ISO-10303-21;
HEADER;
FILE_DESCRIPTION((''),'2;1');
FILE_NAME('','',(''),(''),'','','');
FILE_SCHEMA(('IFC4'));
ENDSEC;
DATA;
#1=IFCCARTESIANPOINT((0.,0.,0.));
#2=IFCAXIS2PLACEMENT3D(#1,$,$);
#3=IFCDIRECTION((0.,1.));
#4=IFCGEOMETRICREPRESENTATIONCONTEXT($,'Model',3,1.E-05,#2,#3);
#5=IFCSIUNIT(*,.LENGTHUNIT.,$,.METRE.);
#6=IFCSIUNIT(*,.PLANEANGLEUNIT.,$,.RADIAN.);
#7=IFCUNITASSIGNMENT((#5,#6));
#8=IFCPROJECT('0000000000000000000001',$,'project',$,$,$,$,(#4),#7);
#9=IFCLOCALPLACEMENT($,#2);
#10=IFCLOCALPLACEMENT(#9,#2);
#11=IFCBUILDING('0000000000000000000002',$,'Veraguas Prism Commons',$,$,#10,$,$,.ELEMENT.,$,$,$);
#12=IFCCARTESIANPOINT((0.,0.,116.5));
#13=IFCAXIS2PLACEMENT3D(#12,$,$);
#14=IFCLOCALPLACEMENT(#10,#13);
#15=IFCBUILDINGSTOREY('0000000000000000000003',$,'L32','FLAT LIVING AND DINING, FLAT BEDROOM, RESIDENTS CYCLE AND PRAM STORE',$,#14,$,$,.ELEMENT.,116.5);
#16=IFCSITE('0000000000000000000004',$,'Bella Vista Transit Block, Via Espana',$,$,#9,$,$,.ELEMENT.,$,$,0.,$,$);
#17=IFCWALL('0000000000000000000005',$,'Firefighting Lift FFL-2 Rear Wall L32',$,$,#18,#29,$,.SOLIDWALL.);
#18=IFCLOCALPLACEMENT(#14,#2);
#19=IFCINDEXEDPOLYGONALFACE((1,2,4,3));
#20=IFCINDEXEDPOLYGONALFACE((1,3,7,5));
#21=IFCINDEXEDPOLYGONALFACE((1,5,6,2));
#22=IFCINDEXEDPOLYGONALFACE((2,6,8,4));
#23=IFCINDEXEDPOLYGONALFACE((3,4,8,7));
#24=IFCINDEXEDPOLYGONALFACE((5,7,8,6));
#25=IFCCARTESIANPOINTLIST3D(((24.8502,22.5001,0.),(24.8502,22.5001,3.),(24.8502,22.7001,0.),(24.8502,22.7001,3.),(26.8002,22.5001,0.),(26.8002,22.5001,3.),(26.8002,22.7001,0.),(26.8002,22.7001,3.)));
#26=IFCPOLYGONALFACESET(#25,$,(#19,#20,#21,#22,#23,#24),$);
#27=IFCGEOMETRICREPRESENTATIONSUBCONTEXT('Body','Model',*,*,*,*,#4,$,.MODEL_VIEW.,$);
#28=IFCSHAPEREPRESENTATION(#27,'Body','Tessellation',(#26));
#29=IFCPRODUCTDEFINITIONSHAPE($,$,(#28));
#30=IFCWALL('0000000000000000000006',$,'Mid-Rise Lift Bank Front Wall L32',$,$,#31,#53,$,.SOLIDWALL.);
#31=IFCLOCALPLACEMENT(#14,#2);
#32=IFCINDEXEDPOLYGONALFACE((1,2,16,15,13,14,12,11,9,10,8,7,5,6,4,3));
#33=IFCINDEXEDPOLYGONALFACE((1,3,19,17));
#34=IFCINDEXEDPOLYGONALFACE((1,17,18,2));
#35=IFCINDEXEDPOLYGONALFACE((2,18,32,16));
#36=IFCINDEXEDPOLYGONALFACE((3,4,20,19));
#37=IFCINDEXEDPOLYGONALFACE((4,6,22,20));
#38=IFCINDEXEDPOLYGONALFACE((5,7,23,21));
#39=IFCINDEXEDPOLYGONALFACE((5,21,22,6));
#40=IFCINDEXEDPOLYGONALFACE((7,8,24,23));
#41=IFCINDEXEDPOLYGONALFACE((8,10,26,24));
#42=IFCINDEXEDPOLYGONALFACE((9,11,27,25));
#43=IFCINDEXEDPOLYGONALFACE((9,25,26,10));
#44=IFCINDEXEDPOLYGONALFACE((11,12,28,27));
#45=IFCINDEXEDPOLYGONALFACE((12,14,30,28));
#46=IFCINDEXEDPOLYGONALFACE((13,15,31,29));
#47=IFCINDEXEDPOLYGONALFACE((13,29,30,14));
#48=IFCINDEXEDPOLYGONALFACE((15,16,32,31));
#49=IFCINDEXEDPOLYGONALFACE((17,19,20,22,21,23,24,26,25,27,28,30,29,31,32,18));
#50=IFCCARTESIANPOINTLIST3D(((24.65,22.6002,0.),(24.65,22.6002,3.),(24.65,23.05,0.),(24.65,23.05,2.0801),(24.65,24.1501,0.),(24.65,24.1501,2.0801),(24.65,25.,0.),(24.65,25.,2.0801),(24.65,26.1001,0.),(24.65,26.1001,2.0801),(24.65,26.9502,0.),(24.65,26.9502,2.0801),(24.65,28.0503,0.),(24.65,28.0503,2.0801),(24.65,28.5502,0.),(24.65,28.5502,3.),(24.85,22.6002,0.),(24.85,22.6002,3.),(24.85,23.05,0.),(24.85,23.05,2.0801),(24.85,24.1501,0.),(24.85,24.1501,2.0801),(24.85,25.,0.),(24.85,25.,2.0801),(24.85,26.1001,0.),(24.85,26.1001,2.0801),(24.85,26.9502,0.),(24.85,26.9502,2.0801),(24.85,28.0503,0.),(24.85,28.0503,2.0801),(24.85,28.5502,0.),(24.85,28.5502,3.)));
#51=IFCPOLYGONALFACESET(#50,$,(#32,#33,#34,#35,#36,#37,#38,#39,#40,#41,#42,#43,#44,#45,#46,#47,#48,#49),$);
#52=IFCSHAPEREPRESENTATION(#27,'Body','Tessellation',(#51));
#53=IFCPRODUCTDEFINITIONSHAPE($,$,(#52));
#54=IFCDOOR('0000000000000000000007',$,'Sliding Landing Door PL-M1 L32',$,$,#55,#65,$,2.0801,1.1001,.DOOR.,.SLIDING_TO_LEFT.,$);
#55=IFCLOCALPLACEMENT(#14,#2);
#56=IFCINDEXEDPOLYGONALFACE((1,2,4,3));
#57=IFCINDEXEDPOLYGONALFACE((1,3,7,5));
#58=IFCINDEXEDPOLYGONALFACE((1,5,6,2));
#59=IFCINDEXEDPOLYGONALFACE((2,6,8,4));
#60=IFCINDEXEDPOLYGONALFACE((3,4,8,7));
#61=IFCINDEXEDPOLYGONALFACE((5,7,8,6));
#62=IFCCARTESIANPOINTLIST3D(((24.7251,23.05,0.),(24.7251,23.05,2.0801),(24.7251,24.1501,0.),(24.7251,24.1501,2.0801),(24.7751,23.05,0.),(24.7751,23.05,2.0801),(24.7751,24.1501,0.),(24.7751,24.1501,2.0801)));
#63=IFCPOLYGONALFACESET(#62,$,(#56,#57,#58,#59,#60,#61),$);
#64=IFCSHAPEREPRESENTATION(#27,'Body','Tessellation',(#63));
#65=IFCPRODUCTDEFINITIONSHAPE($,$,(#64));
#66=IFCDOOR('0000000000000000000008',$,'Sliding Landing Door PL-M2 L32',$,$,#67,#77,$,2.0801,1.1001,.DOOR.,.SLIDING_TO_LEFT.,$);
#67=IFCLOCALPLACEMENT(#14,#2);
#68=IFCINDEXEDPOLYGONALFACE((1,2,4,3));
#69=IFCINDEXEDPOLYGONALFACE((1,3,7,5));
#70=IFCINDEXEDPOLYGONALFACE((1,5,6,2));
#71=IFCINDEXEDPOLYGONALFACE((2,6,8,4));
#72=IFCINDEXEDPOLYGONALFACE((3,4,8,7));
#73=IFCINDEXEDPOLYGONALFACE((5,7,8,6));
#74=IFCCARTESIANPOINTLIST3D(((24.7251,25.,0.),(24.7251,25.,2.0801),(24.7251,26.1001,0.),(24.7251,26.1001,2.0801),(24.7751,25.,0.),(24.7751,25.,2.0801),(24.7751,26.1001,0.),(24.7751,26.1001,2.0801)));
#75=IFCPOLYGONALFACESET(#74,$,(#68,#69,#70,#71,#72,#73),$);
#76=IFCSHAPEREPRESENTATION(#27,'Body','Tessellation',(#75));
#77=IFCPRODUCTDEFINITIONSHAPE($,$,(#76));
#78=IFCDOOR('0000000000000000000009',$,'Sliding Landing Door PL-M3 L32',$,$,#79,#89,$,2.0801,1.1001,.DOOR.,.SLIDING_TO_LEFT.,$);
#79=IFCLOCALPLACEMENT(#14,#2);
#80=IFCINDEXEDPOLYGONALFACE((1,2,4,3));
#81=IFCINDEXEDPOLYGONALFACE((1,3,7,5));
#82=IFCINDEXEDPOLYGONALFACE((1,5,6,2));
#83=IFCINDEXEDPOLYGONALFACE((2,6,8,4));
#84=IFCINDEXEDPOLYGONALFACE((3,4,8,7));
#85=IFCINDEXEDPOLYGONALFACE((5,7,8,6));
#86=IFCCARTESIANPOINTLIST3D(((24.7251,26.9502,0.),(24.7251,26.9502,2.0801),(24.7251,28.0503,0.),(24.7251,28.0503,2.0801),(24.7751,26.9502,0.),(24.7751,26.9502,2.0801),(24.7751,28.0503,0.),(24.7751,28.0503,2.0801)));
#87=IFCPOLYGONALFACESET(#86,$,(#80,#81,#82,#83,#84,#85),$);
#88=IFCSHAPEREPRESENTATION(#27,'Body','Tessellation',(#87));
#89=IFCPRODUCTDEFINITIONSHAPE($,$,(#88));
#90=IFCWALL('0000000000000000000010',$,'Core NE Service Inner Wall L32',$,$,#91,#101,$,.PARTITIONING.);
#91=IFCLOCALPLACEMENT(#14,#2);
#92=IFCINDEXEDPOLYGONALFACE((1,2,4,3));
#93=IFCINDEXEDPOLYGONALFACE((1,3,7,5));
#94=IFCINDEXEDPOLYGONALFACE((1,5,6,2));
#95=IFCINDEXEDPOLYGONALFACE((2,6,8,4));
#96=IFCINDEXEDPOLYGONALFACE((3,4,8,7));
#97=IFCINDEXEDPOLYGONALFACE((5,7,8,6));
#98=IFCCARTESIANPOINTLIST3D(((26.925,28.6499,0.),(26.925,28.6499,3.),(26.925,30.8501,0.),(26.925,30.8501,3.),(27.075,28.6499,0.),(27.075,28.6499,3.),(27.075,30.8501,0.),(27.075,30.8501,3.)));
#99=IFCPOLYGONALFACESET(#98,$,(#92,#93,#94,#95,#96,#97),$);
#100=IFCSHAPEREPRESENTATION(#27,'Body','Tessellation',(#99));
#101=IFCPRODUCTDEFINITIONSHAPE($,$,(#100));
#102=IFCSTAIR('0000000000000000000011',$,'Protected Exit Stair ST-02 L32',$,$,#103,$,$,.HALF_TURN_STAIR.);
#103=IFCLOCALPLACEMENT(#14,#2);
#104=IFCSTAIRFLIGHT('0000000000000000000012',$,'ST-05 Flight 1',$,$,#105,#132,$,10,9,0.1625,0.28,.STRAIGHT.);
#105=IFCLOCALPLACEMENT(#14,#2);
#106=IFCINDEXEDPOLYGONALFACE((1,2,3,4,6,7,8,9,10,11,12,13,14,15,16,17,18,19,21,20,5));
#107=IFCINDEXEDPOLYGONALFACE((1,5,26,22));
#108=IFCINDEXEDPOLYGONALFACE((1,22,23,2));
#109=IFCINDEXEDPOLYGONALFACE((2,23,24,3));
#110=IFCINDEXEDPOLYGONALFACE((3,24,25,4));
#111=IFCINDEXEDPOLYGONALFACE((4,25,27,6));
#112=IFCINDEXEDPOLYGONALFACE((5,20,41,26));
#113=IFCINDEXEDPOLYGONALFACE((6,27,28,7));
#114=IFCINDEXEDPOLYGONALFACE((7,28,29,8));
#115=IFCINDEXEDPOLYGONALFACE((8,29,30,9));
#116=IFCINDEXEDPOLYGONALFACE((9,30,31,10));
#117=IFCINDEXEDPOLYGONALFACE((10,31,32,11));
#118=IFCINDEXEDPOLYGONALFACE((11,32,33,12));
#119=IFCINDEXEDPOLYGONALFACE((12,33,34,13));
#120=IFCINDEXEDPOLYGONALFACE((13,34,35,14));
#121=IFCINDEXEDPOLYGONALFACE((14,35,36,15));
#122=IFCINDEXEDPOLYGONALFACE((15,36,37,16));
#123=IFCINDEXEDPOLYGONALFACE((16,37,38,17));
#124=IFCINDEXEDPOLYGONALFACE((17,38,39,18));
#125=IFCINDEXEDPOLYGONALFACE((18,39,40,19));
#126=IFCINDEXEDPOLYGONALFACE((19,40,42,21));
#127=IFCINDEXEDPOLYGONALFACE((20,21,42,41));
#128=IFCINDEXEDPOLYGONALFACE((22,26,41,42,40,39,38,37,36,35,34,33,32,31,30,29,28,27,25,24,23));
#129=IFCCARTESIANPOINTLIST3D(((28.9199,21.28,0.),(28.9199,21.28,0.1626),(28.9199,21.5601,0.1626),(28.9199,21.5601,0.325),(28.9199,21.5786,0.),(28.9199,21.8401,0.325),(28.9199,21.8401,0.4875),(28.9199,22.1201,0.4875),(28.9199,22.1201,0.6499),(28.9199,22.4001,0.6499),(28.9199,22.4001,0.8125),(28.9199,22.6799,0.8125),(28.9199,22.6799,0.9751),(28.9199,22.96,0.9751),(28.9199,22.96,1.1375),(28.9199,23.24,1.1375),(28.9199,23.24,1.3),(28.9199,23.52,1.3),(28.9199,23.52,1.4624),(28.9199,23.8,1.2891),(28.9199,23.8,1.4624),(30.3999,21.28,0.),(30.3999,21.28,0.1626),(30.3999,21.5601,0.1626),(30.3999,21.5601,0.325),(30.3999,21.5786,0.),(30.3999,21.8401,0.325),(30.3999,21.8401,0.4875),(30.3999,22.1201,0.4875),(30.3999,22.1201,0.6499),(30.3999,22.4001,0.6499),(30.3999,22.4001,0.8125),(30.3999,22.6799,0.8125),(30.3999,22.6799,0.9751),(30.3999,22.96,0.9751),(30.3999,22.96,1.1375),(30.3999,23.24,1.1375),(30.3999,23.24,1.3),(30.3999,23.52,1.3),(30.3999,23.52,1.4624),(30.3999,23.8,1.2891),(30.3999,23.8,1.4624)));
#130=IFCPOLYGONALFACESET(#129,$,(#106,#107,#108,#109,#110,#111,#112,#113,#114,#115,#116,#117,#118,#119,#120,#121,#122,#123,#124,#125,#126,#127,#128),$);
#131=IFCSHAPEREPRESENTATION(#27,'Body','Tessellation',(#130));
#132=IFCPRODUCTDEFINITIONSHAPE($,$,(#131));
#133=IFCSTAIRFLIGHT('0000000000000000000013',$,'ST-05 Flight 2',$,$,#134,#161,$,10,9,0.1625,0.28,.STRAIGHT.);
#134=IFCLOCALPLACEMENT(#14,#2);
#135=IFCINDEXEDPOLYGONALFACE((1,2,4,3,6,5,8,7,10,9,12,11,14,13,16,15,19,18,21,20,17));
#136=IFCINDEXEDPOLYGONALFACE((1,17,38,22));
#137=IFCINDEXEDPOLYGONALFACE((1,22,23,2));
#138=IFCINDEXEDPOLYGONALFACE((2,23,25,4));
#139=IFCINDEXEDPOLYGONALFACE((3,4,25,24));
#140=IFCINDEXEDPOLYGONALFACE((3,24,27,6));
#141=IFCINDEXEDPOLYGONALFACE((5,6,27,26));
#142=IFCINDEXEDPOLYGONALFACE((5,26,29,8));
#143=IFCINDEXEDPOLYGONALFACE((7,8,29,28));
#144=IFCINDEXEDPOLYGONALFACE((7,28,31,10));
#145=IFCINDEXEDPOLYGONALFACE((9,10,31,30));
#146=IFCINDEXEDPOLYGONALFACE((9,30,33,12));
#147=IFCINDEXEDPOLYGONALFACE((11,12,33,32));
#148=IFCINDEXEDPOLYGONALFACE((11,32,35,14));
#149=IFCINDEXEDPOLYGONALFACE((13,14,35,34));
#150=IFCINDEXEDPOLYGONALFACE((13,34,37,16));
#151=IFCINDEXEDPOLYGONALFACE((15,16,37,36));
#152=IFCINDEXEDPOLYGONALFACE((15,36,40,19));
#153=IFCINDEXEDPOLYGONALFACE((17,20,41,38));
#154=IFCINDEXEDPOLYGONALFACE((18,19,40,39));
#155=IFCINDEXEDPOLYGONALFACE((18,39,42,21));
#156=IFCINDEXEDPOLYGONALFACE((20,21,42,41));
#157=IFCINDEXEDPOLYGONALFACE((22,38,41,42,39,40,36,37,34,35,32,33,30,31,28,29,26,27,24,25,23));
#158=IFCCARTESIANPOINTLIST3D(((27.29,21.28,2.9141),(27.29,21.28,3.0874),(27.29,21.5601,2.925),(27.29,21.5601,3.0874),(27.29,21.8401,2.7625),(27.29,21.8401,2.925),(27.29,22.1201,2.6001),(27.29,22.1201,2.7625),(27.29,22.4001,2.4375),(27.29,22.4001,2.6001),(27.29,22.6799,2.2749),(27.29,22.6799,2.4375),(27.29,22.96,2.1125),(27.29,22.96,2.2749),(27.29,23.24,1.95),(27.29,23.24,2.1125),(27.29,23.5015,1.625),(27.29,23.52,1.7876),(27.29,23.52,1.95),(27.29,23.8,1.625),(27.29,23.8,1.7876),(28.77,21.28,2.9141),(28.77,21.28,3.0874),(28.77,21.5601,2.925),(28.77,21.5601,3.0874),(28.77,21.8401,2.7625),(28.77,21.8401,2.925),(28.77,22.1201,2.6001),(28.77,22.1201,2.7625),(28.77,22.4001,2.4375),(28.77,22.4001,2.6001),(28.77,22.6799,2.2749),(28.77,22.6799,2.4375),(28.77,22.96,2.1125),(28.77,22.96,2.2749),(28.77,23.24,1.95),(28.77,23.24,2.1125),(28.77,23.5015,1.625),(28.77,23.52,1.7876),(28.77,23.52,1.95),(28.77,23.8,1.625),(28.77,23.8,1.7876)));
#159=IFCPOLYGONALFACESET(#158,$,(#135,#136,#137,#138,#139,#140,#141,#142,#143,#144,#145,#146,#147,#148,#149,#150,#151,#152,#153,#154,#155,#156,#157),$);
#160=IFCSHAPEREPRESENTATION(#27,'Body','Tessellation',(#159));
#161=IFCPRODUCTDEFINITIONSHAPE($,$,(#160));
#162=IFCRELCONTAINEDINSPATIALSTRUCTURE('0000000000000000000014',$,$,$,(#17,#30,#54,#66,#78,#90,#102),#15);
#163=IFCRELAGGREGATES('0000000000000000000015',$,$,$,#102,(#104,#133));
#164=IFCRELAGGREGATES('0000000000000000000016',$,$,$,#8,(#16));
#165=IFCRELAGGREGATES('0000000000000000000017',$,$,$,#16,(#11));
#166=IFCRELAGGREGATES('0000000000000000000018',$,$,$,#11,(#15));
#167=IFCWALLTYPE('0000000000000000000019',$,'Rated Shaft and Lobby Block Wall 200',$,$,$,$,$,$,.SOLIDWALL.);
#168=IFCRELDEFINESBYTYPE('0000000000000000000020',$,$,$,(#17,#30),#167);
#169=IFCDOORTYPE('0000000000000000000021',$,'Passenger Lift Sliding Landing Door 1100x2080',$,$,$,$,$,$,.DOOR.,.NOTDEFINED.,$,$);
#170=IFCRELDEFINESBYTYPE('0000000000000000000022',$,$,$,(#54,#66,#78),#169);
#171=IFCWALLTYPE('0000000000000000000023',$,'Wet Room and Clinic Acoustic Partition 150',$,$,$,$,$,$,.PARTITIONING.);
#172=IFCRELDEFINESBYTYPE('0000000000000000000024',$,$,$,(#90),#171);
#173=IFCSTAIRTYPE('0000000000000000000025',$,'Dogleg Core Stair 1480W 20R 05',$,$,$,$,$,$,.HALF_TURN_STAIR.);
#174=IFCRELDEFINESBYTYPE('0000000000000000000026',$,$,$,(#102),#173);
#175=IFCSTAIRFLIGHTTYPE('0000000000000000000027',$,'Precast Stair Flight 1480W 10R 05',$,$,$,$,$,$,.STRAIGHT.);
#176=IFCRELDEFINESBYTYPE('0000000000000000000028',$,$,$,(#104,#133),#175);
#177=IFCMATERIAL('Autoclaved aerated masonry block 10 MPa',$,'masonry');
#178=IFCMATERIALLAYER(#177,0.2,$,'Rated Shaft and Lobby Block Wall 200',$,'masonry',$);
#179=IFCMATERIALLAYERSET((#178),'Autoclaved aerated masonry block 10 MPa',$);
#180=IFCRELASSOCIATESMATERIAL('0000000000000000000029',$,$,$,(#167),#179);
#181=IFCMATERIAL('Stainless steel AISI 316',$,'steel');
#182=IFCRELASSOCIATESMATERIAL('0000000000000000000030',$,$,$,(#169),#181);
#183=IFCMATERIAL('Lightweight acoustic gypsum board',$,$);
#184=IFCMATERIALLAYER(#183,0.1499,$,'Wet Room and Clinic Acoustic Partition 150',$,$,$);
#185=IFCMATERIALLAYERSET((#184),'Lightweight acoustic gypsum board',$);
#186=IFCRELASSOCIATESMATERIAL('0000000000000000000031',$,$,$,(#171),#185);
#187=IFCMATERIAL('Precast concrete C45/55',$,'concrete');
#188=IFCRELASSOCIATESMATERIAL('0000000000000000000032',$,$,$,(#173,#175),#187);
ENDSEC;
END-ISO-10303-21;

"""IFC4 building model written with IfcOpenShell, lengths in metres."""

from ifc_helpers import new_model, si_unit, direction, frame, frame_2d, origin, place, context, subcontext, project, spatial, polyline, rectangle, outline, extrude, source, transform, mapped, material, layer, layer_set, type_object, element, fill, aggregate, save


model = new_model("IFC4")

# Units and contexts
model_context = context("Model", 3, precision=1e-05, world=origin(), true_north=direction((0.0, 1.0)))
body_context = subcontext(model_context, "Body", "Model", "MODEL_VIEW")
ifc_project = project(units=[si_unit("LENGTHUNIT", "METRE"), si_unit("PLANEANGLEUNIT", "RADIAN")], contexts=[model_context])

# Site, building, storey
site_placement = place(None, origin())
site = spatial("IfcSite", under=ifc_project, at=site_placement, Name="Bella Vista Transit Block, Via Espana", CompositionType="ELEMENT", RefElevation=0.0)
building_placement = place(site_placement, origin())
building = spatial("IfcBuilding", under=site, at=building_placement, Name="Veraguas Prism Commons", CompositionType="ELEMENT")
storey_placement = place(building_placement, frame((0.0, 0.0, 116.5)))
storey = spatial("IfcBuildingStorey", under=building, at=storey_placement, Name="L32", Description="FLAT LIVING AND DINING, FLAT BEDROOM, RESIDENTS CYCLE AND PRAM STORE", CompositionType="ELEMENT", Elevation=116.5)

# Shared definitions
ifc_material_1 = material(Name="Autoclaved aerated masonry block 10 MPa", Category="masonry")

# Wall
ifc_material_2 = material(Name="Lightweight acoustic gypsum board")
ifc_layer_1 = layer(ifc_material_1, 0.2, Name="Rated Shaft and Lobby Block Wall 200", Category="masonry")
ifc_layer_set_1 = layer_set([ifc_layer_1], Name="Autoclaved aerated masonry block 10 MPa")
wall_type_1 = type_object("IfcWallType", Name="Rated Shaft and Lobby Block Wall 200", PredefinedType="SOLIDWALL", material=ifc_layer_set_1)
wall_1_placement = place(storey_placement, frame((24.8501, 22.6001, 0.0), z_axis=(0.0, 0.0, 1.0), x_axis=(1.0, 0.0, 0.0)))
element("IfcWall", 1, at=wall_1_placement, inside=storey, type_object=wall_type_1, Name="Firefighting Lift FFL-2 Rear Wall L32", PredefinedType="SOLIDWALL", context=body_context, shape_type="SweptSolid", body=[
    extrude(rectangle(XDim=1.95, YDim=0.2, at=frame_2d((0.9751, 0.0))), origin(), (0.0, 0.0, 1.0), 3.0),
])

# Wall, openings, doors
wall_2_placement = place(storey_placement, frame((24.75, 22.6001, 0.0), z_axis=(0.0, 0.0, 1.0), x_axis=(0.0, 1.0, 0.0)))
wall_2 = element("IfcWall", 2, at=wall_2_placement, inside=storey, type_object=wall_type_1, Name="Mid-Rise Lift Bank Front Wall L32", PredefinedType="SOLIDWALL", context=body_context, shape_type="SweptSolid", body=[
    extrude(rectangle(XDim=5.95, YDim=0.2, at=frame_2d((2.9751, 0.0))), origin(), (0.0, 0.0, 1.0), 3.0),
])
opening_1_placement = place(wall_2_placement, frame((0.45, 0.0, 0.0)))
opening_1 = element("IfcOpeningElement", 3, at=opening_1_placement, cuts=wall_2, PredefinedType="OPENING", context=body_context, shape_type="SweptSolid", body=[
    extrude(rectangle(XDim=1.1001, YDim=2.0801, at=frame_2d((0.55, 1.04))), frame((0.0, 0.1099, 0.0), z_axis=(0.0, -1.0, 0.0), x_axis=(1.0, 0.0, 0.0)), (0.0, 0.0, 1.0), 0.22),
])
opening_2_placement = place(wall_2_placement, frame((2.3999, 0.0, 0.0)))
opening_2 = element("IfcOpeningElement", 4, at=opening_2_placement, cuts=wall_2, PredefinedType="OPENING", context=body_context, shape_type="SweptSolid", body=[
    extrude(rectangle(XDim=1.1001, YDim=2.0801, at=frame_2d((0.55, 1.04))), frame((0.0, 0.1099, 0.0), z_axis=(0.0, -1.0, 0.0), x_axis=(1.0, 0.0, 0.0)), (0.0, 0.0, 1.0), 0.22),
])
opening_3_placement = place(wall_2_placement, frame((4.3501, 0.0, 0.0)))
opening_3 = element("IfcOpeningElement", 5, at=opening_3_placement, cuts=wall_2, PredefinedType="OPENING", context=body_context, shape_type="SweptSolid", body=[
    extrude(rectangle(XDim=1.1001, YDim=2.0801, at=frame_2d((0.55, 1.04))), frame((0.0, 0.1099, 0.0), z_axis=(0.0, -1.0, 0.0), x_axis=(1.0, 0.0, 0.0)), (0.0, 0.0, 1.0), 0.22),
])
ifc_material_3 = material(Name="Stainless steel AISI 316", Category="steel")
door_type_1 = type_object("IfcDoorType", Name="Passenger Lift Sliding Landing Door 1100x2080", OperationType="NOTDEFINED", PredefinedType="DOOR", material=ifc_material_3)
shared_shape_1 = source(origin(), body_context, "Body", "SweptSolid", [
    extrude(rectangle(XDim=1.1001, YDim=2.0801, at=frame_2d((0.55, 1.04))), frame((0.0, 0.0249, 0.0), z_axis=(0.0, -1.0, 0.0), x_axis=(1.0, 0.0, 0.0)), (0.0, 0.0, 1.0), 0.05),
])
door_1_placement = place(opening_1_placement, origin())
door_1 = element("IfcDoor", 6, at=door_1_placement, inside=storey, type_object=door_type_1, Name="Sliding Landing Door PL-M1 L32", OperationType="SLIDING_TO_LEFT", OverallHeight=2.0801, OverallWidth=1.1001, PredefinedType="DOOR", context=body_context, shape_type="MappedRepresentation", body=[
    mapped(shared_shape_1, transform((0.0, 0.0, 0.0), scale=1.0)),
])
fill(opening_1, door_1)
door_2_placement = place(opening_2_placement, origin())
door_2 = element("IfcDoor", 7, at=door_2_placement, inside=storey, type_object=door_type_1, Name="Sliding Landing Door PL-M2 L32", OperationType="SLIDING_TO_LEFT", OverallHeight=2.0801, OverallWidth=1.1001, PredefinedType="DOOR", context=body_context, shape_type="MappedRepresentation", body=[
    mapped(shared_shape_1, transform((0.0, 0.0, 0.0), scale=1.0)),
])
fill(opening_2, door_2)
door_3_placement = place(opening_3_placement, origin())
door_3 = element("IfcDoor", 8, at=door_3_placement, inside=storey, type_object=door_type_1, Name="Sliding Landing Door PL-M3 L32", OperationType="SLIDING_TO_LEFT", OverallHeight=2.0801, OverallWidth=1.1001, PredefinedType="DOOR", context=body_context, shape_type="MappedRepresentation", body=[
    mapped(shared_shape_1, transform((0.0, 0.0, 0.0), scale=1.0)),
])
fill(opening_3, door_3)

# Wall
ifc_layer_2 = layer(ifc_material_2, 0.1499, Name="Wet Room and Clinic Acoustic Partition 150")
ifc_layer_set_2 = layer_set([ifc_layer_2], Name="Lightweight acoustic gypsum board")
wall_type_2 = type_object("IfcWallType", Name="Wet Room and Clinic Acoustic Partition 150", PredefinedType="PARTITIONING", material=ifc_layer_set_2)
wall_3_placement = place(storey_placement, frame((27.0, 28.6499, 0.0), z_axis=(0.0, 0.0, 1.0), x_axis=(0.0, 1.0, 0.0)))
element("IfcWall", 9, at=wall_3_placement, inside=storey, type_object=wall_type_2, Name="Core NE Service Inner Wall L32", PredefinedType="PARTITIONING", context=body_context, shape_type="SweptSolid", body=[
    extrude(rectangle(XDim=2.2002, YDim=0.1499, at=frame_2d((1.1001, 0.0))), origin(), (0.0, 0.0, 1.0), 3.0),
])

# Stair, stair flights
ifc_material_4 = material(Name="Precast concrete C45/55", Category="concrete")
stair_type = type_object("IfcStairType", Name="Dogleg Core Stair 1480W 20R 05", PredefinedType="HALF_TURN_STAIR", material=ifc_material_4)
stair_placement = place(storey_placement, origin())
stair = element("IfcStair", 10, at=stair_placement, inside=storey, type_object=stair_type, Name="Protected Exit Stair ST-02 L32", PredefinedType="HALF_TURN_STAIR")
stair_flight_type = type_object("IfcStairFlightType", Name="Precast Stair Flight 1480W 10R 05", PredefinedType="STRAIGHT", material=ifc_material_4)
stair_flight_1_placement = place(storey_placement, frame((29.6599, 21.28, 0.0), z_axis=(0.0, 0.0, 1.0), x_axis=(0.0, 1.0, 0.0)))
stair_flight_1 = element("IfcStairFlight", 11, at=stair_flight_1_placement, type_object=stair_flight_type, Name="ST-05 Flight 1", NumberOfRisers=10, NumberOfTreads=9, PredefinedType="STRAIGHT", RiserHeight=0.1625, TreadLength=0.28, context=body_context, shape_type="SweptSolid", body=[
    extrude(outline(polyline([(0.0, 0.0), (0.0, 0.1626), (0.28, 0.1626), (0.28, 0.325), (0.5601, 0.325), (0.5601, 0.4875), (0.8401, 0.4875), (0.8401, 0.6499), (1.1201, 0.6499), (1.1201, 0.8125), (1.3999, 0.8125), (1.3999, 0.9751), (1.6799, 0.9751), (1.6799, 1.1375), (1.96, 1.1375), (1.96, 1.3), (2.24, 1.3), (2.24, 1.4624), (2.52, 1.4624), (2.52, 1.625), (2.52, 1.2891), (0.2986, 0.0), (0.0, 0.0)])), frame((0.0, 0.74, 0.0), z_axis=(0.0, -1.0, 0.0), x_axis=(1.0, 0.0, 0.0)), (0.0, 0.0, 1.0), 1.48),
])
stair_flight_2_placement = place(storey_placement, frame((28.03, 23.8, 1.625), z_axis=(0.0, 0.0, 1.0), x_axis=(0.0, -1.0, 0.0)))
stair_flight_2 = element("IfcStairFlight", 12, at=stair_flight_2_placement, type_object=stair_flight_type, Name="ST-05 Flight 2", NumberOfRisers=10, NumberOfTreads=9, PredefinedType="STRAIGHT", RiserHeight=0.1625, TreadLength=0.28, context=body_context, shape_type="SweptSolid", body=[
    extrude(outline(polyline([(0.0, 0.0), (0.0, 0.1626), (0.28, 0.1626), (0.28, 0.325), (0.5601, 0.325), (0.5601, 0.4875), (0.8401, 0.4875), (0.8401, 0.6499), (1.1201, 0.6499), (1.1201, 0.8125), (1.3999, 0.8125), (1.3999, 0.9751), (1.6799, 0.9751), (1.6799, 1.1375), (1.96, 1.1375), (1.96, 1.3), (2.24, 1.3), (2.24, 1.4624), (2.52, 1.4624), (2.52, 1.625), (2.52, 1.2891), (0.2986, 0.0), (0.0, 0.0)])), frame((0.0, 0.74, 0.0), z_axis=(0.0, -1.0, 0.0), x_axis=(1.0, 0.0, 0.0)), (0.0, 0.0, 1.0), 1.48),
])
aggregate(stair, [stair_flight_1, stair_flight_2])

save(model, "model.ifc")
